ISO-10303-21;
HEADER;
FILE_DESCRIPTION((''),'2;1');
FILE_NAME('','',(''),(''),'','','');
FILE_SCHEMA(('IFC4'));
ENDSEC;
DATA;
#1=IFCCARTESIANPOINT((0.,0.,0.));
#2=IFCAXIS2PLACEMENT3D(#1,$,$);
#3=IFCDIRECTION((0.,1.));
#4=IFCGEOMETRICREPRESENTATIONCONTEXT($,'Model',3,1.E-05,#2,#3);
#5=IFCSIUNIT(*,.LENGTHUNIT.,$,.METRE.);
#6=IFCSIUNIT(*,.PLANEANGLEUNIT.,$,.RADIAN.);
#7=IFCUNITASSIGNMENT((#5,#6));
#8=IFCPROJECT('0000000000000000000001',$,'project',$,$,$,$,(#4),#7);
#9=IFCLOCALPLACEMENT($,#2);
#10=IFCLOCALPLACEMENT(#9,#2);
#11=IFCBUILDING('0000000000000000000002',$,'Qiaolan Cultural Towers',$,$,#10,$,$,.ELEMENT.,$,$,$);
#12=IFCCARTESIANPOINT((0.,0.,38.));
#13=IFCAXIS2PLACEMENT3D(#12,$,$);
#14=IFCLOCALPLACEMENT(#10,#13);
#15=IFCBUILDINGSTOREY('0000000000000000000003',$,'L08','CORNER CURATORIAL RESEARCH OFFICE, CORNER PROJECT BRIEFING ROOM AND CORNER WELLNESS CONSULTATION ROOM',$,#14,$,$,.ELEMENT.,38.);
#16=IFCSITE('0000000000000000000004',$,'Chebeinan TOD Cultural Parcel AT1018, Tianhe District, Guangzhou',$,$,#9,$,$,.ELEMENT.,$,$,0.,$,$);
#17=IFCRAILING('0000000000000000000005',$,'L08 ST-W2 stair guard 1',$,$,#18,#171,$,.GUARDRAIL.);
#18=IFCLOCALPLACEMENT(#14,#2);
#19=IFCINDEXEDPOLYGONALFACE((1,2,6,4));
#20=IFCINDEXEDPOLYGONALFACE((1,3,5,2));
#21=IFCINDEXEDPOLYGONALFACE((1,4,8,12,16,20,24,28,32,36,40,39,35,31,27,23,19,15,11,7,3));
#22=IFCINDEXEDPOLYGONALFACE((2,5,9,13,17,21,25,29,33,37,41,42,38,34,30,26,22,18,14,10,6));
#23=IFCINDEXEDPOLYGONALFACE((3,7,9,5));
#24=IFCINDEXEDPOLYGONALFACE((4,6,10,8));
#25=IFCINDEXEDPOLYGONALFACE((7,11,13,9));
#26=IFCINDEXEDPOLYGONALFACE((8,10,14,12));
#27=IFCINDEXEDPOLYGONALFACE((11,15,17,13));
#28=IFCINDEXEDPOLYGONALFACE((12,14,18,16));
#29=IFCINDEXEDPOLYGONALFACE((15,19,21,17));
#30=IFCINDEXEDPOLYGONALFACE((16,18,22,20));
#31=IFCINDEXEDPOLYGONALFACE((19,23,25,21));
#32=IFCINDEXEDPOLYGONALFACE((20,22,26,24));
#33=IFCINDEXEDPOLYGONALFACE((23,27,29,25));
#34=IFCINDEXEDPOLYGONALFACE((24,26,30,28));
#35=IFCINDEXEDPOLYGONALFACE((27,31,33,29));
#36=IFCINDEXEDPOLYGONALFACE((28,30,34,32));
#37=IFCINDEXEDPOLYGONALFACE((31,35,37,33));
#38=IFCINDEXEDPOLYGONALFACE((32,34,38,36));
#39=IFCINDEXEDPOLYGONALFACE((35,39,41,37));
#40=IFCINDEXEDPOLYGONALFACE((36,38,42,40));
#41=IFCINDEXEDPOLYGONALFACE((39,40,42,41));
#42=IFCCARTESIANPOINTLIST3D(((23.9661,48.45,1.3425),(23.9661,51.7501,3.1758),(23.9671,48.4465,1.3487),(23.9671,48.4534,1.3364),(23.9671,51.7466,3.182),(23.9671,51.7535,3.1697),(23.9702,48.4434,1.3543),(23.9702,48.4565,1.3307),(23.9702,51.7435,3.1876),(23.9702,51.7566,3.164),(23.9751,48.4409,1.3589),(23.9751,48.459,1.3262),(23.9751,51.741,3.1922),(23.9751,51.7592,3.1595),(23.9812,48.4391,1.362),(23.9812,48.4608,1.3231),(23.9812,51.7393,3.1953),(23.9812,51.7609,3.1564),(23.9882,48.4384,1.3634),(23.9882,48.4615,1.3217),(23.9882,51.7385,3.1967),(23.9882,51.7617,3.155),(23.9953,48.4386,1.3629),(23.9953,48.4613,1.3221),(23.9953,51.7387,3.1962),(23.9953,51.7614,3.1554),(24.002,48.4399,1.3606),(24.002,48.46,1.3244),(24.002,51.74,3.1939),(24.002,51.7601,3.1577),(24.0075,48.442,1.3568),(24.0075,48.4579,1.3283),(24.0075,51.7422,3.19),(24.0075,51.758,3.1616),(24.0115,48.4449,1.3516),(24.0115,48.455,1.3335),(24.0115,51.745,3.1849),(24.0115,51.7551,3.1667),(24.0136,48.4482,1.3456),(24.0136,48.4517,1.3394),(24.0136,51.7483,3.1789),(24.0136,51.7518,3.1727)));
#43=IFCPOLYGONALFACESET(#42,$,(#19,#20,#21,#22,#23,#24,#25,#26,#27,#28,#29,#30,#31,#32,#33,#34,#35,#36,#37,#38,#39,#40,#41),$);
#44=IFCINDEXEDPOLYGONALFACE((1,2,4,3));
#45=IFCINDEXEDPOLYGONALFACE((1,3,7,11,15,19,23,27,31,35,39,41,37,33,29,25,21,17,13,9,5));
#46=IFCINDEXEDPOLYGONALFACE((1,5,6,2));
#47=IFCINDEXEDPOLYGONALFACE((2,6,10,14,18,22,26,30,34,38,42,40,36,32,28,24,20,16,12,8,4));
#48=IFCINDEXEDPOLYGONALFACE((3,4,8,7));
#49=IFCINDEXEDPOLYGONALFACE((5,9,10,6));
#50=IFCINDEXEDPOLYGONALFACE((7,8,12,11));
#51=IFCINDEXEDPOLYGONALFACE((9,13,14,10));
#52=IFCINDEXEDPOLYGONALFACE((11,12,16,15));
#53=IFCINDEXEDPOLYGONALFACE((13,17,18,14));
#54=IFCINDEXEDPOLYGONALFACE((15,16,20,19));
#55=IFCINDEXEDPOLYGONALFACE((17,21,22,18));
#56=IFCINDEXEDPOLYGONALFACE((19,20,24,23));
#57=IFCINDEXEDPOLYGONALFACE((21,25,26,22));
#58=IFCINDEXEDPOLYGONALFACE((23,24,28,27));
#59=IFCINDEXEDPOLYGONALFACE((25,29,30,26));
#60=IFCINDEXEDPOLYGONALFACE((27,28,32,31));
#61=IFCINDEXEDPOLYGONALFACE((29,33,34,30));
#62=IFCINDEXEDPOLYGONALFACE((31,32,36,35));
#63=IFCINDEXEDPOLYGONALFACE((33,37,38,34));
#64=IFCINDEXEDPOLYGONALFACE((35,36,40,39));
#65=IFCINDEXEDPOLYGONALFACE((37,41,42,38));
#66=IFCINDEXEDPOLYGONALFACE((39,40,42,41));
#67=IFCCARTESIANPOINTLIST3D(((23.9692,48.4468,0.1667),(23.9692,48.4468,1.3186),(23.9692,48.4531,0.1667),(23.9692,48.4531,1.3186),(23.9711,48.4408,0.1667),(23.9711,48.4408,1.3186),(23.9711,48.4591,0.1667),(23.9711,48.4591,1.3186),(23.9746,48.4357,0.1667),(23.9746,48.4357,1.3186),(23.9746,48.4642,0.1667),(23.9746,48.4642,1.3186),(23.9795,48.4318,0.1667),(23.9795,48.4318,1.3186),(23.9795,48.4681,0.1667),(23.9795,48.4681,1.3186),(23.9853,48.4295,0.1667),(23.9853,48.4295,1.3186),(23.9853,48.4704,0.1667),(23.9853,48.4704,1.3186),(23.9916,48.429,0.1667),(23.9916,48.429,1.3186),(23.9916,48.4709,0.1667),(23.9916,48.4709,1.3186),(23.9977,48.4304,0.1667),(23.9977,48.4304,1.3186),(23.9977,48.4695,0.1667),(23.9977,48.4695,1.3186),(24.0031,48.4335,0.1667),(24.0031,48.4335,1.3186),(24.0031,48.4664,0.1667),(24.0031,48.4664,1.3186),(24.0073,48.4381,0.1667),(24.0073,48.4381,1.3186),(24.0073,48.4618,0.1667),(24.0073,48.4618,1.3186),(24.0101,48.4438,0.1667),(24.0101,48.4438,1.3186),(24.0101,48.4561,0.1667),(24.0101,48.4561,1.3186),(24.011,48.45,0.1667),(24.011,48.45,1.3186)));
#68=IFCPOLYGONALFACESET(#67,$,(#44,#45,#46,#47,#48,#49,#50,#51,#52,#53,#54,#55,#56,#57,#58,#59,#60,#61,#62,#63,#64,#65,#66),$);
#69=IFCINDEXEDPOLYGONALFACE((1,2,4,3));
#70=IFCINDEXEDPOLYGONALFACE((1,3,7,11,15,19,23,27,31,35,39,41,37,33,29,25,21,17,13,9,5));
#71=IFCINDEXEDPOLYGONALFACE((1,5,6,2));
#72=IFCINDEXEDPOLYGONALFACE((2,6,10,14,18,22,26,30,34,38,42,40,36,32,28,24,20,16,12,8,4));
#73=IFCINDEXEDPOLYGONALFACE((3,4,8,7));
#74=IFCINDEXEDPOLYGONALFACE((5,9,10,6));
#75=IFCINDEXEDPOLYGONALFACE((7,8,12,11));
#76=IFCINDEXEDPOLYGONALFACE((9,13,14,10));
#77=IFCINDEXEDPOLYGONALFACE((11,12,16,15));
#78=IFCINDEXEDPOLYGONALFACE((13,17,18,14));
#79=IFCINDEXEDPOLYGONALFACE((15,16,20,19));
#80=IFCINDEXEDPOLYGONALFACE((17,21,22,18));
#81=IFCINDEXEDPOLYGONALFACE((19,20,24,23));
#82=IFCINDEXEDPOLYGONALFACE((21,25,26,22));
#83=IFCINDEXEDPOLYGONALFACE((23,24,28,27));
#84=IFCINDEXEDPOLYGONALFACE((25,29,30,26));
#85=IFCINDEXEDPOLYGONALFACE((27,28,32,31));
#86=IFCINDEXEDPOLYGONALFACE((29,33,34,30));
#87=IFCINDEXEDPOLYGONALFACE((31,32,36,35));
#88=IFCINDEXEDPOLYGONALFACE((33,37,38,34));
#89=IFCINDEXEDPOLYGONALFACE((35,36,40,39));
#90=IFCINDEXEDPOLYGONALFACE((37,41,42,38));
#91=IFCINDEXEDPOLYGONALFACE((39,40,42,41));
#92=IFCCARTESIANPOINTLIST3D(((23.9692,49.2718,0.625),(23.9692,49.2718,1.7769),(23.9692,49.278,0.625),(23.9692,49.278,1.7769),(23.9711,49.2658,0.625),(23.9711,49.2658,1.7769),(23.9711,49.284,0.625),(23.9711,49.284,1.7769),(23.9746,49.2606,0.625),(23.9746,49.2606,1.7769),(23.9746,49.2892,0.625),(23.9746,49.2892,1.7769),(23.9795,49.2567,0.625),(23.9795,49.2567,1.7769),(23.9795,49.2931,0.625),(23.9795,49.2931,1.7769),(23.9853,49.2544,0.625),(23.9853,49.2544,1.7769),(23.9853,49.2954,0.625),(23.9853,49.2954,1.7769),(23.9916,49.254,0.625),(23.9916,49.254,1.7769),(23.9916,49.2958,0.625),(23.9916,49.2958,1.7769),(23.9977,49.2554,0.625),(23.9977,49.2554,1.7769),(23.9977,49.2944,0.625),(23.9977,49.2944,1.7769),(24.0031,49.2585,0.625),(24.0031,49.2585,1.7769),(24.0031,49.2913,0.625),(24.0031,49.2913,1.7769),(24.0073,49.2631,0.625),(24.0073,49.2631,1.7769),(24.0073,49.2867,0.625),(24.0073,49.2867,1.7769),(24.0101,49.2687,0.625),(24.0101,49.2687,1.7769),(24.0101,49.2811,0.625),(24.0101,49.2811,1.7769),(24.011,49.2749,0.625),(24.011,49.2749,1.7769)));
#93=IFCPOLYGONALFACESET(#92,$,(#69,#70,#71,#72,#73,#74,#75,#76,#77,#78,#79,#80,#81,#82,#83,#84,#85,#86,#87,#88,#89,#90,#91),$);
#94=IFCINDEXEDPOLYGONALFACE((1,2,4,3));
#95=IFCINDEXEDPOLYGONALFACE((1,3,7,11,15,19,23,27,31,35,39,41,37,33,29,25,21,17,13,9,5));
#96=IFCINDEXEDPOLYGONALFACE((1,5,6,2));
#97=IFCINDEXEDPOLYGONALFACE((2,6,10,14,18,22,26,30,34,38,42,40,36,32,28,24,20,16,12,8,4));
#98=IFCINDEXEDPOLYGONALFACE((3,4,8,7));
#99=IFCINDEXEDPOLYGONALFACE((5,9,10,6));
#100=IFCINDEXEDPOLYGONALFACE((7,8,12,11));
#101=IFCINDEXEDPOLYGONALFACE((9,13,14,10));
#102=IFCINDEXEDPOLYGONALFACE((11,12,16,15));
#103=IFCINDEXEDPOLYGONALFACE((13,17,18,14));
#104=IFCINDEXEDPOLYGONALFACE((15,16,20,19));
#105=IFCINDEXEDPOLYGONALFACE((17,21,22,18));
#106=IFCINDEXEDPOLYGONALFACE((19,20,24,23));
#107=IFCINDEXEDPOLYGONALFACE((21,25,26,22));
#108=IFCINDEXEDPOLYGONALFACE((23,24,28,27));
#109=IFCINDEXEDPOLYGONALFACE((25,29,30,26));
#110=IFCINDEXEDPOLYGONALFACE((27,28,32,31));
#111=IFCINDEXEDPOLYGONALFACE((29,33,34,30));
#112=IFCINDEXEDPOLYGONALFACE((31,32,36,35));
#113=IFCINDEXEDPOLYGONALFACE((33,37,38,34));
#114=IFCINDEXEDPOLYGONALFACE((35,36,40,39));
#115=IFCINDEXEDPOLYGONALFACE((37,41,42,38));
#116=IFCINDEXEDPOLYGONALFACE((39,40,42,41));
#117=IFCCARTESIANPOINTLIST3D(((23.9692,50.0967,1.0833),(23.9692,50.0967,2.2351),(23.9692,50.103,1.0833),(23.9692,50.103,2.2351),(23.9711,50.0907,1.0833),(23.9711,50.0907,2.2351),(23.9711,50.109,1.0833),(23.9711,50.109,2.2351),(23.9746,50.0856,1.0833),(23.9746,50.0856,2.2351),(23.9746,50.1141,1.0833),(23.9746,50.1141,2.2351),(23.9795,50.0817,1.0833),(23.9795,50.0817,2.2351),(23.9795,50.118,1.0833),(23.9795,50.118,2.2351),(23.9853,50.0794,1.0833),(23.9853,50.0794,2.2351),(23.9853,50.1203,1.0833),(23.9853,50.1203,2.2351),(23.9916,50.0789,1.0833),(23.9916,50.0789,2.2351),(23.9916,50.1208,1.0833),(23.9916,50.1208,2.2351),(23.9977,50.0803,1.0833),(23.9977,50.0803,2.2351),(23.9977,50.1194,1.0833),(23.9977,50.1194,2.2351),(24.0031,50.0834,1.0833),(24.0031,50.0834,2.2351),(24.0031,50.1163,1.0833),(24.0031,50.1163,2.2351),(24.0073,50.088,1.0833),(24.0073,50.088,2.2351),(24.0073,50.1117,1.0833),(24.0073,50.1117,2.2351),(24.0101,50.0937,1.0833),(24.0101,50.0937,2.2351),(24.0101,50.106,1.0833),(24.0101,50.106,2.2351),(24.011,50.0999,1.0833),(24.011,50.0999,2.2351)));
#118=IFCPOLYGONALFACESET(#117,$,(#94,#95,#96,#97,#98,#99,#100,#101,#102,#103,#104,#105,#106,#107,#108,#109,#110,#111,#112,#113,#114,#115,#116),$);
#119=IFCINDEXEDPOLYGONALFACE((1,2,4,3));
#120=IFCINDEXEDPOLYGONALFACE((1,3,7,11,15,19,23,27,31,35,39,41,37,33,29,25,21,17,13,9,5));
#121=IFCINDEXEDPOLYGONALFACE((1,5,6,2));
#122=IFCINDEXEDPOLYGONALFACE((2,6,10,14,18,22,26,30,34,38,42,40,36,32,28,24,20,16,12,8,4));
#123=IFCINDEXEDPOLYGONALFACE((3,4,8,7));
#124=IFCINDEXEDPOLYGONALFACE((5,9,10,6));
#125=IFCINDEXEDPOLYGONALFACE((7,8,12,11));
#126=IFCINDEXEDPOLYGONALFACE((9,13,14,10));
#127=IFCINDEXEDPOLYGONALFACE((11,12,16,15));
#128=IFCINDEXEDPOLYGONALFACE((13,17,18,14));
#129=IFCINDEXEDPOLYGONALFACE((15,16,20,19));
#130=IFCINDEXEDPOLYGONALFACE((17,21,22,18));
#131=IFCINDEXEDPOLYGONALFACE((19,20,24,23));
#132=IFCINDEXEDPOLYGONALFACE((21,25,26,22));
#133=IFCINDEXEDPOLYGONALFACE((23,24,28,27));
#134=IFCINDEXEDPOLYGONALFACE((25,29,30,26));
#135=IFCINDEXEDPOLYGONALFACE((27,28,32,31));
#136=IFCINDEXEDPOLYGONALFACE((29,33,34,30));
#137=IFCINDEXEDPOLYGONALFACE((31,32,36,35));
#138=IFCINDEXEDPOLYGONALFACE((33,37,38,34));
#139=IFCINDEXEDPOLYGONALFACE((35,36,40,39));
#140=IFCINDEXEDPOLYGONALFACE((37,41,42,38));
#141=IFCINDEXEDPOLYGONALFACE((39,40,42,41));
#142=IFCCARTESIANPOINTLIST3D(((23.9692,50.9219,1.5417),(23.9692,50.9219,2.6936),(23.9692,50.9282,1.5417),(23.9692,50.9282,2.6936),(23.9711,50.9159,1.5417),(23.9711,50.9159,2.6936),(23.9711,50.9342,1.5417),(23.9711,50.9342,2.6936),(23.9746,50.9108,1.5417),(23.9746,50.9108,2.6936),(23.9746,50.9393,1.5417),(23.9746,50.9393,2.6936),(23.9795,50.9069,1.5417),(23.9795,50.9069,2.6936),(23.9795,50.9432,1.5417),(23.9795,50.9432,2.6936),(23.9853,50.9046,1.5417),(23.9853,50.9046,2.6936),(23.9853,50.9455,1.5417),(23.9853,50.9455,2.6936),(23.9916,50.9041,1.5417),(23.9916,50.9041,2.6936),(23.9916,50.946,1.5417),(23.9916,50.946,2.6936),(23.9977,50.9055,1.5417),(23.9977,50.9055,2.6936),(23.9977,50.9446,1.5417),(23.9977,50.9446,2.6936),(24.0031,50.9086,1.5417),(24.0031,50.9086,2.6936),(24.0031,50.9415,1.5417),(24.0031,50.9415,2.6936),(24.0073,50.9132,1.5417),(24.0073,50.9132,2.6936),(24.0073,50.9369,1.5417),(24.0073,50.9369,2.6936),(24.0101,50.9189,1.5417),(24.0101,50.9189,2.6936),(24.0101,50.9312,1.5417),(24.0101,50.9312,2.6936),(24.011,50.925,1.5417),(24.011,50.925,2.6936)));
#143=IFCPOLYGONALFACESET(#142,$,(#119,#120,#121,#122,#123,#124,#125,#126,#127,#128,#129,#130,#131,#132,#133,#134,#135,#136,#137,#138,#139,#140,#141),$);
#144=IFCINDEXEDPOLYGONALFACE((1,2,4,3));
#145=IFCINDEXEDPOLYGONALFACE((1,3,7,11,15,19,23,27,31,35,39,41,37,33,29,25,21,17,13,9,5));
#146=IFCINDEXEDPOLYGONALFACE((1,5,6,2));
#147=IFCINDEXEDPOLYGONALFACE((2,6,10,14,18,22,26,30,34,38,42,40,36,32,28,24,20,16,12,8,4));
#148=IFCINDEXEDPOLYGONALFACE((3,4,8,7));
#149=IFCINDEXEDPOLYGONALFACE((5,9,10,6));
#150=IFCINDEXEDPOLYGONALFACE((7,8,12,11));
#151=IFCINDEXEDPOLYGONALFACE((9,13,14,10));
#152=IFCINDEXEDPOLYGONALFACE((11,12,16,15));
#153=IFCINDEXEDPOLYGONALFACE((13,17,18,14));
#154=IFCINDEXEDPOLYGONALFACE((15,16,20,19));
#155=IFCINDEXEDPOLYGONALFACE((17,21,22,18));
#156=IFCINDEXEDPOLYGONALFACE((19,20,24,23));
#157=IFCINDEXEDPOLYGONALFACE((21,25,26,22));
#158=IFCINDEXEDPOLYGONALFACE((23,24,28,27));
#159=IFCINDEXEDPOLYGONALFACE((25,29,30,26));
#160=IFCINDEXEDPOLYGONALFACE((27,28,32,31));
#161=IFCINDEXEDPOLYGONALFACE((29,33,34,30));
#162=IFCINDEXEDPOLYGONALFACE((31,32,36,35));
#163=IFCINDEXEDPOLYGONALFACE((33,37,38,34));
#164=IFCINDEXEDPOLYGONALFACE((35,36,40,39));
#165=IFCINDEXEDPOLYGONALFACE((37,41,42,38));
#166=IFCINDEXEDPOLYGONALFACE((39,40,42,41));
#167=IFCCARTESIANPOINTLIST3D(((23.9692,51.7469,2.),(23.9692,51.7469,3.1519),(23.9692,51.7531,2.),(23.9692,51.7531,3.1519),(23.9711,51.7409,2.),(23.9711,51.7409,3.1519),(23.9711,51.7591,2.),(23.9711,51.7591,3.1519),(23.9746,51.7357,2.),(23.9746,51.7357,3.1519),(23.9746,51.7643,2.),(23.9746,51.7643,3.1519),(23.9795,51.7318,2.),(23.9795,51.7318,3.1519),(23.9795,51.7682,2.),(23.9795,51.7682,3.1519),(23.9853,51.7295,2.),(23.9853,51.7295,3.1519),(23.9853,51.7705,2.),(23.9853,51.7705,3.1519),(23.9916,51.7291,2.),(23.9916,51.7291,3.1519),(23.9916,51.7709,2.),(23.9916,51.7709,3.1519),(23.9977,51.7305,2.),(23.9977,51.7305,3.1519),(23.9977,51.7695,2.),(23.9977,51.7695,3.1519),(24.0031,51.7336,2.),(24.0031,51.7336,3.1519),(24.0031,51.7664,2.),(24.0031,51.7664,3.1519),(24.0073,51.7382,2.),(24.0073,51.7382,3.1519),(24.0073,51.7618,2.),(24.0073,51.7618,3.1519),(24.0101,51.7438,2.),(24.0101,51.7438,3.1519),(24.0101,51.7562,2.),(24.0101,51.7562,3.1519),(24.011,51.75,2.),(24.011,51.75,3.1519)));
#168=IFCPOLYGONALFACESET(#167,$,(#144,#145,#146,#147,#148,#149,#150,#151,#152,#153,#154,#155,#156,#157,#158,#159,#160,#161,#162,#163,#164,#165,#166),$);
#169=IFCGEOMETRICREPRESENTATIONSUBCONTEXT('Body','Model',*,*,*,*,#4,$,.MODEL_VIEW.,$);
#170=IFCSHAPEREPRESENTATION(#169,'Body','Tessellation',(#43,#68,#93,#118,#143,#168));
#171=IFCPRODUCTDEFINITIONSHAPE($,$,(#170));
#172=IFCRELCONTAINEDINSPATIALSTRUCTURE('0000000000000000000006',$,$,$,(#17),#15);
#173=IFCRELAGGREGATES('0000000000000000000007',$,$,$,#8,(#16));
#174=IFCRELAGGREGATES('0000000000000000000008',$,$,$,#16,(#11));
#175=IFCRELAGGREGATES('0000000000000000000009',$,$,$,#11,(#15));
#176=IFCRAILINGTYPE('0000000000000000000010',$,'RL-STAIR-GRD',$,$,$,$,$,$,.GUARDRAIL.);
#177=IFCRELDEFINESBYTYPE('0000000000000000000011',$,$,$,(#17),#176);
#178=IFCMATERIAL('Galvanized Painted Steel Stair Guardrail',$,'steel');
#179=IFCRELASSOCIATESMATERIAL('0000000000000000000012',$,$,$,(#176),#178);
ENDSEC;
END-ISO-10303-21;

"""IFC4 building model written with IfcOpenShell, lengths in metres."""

from ifc_helpers import new_model, si_unit, direction, frame, origin, origin_2d, place, context, subcontext, project, spatial, circle, extrude, material, type_object, element, save


model = new_model("IFC4")

# Units and contexts
model_context = context("Model", 3, precision=1e-05, world=origin(), true_north=direction((0.0, 1.0)))
body_context = subcontext(model_context, "Body", "Model", "MODEL_VIEW")
ifc_project = project(units=[si_unit("LENGTHUNIT", "METRE"), si_unit("PLANEANGLEUNIT", "RADIAN")], contexts=[model_context])

# Site, building, storey
site_placement = place(None, origin())
site = spatial("IfcSite", under=ifc_project, at=site_placement, Name="Chebeinan TOD Cultural Parcel AT1018, Tianhe District, Guangzhou", CompositionType="ELEMENT", RefElevation=0.0)
building_placement = place(site_placement, origin())
building = spatial("IfcBuilding", under=site, at=building_placement, Name="Qiaolan Cultural Towers", CompositionType="ELEMENT")
storey_placement = place(building_placement, frame((0.0, 0.0, 38.0)))
storey = spatial("IfcBuildingStorey", under=building, at=storey_placement, Name="L08", Description="CORNER CURATORIAL RESEARCH OFFICE, CORNER PROJECT BRIEFING ROOM AND CORNER WELLNESS CONSULTATION ROOM", CompositionType="ELEMENT", Elevation=38.0)

# Railing
ifc_material_1 = material(Name="Galvanized Painted Steel Stair Guardrail", Category="steel")
railing_type_1 = type_object("IfcRailingType", Name="RL-STAIR-GRD", PredefinedType="GUARDRAIL", material=ifc_material_1)
railing_1_placement = place(storey_placement, frame((23.99, 48.45, 0.1667)))
element("IfcRailing", 1, at=railing_1_placement, inside=storey, type_object=railing_type_1, Name="L08 ST-W2 stair guard 1", PredefinedType="GUARDRAIL", context=body_context, shape_type="SweptSolid", body=[
    extrude(circle(Radius=0.0239, at=origin_2d()), frame((0.0, 0.0, 1.1758), z_axis=(0.0, 0.874169, 0.485621), x_axis=(-1.0, 0.0, 0.0)), (0.0, 0.0, 1.0), 3.7751),
    extrude(circle(Radius=0.021, at=origin_2d()), origin(), (0.0, 0.0, 1.0), 1.1519),
    extrude(circle(Radius=0.021, at=origin_2d()), frame((0.0, 0.825, 0.4583)), (0.0, 0.0, 1.0), 1.1519),
    extrude(circle(Radius=0.021, at=origin_2d()), frame((0.0, 1.6499, 0.9165)), (0.0, 0.0, 1.0), 1.1519),
    extrude(circle(Radius=0.021, at=origin_2d()), frame((0.0, 2.4751, 1.375)), (0.0, 0.0, 1.0), 1.1519),
    extrude(circle(Radius=0.021, at=origin_2d()), frame((0.0, 3.3, 1.8333)), (0.0, 0.0, 1.0), 1.1519),
])

save(model, "model.ifc")
